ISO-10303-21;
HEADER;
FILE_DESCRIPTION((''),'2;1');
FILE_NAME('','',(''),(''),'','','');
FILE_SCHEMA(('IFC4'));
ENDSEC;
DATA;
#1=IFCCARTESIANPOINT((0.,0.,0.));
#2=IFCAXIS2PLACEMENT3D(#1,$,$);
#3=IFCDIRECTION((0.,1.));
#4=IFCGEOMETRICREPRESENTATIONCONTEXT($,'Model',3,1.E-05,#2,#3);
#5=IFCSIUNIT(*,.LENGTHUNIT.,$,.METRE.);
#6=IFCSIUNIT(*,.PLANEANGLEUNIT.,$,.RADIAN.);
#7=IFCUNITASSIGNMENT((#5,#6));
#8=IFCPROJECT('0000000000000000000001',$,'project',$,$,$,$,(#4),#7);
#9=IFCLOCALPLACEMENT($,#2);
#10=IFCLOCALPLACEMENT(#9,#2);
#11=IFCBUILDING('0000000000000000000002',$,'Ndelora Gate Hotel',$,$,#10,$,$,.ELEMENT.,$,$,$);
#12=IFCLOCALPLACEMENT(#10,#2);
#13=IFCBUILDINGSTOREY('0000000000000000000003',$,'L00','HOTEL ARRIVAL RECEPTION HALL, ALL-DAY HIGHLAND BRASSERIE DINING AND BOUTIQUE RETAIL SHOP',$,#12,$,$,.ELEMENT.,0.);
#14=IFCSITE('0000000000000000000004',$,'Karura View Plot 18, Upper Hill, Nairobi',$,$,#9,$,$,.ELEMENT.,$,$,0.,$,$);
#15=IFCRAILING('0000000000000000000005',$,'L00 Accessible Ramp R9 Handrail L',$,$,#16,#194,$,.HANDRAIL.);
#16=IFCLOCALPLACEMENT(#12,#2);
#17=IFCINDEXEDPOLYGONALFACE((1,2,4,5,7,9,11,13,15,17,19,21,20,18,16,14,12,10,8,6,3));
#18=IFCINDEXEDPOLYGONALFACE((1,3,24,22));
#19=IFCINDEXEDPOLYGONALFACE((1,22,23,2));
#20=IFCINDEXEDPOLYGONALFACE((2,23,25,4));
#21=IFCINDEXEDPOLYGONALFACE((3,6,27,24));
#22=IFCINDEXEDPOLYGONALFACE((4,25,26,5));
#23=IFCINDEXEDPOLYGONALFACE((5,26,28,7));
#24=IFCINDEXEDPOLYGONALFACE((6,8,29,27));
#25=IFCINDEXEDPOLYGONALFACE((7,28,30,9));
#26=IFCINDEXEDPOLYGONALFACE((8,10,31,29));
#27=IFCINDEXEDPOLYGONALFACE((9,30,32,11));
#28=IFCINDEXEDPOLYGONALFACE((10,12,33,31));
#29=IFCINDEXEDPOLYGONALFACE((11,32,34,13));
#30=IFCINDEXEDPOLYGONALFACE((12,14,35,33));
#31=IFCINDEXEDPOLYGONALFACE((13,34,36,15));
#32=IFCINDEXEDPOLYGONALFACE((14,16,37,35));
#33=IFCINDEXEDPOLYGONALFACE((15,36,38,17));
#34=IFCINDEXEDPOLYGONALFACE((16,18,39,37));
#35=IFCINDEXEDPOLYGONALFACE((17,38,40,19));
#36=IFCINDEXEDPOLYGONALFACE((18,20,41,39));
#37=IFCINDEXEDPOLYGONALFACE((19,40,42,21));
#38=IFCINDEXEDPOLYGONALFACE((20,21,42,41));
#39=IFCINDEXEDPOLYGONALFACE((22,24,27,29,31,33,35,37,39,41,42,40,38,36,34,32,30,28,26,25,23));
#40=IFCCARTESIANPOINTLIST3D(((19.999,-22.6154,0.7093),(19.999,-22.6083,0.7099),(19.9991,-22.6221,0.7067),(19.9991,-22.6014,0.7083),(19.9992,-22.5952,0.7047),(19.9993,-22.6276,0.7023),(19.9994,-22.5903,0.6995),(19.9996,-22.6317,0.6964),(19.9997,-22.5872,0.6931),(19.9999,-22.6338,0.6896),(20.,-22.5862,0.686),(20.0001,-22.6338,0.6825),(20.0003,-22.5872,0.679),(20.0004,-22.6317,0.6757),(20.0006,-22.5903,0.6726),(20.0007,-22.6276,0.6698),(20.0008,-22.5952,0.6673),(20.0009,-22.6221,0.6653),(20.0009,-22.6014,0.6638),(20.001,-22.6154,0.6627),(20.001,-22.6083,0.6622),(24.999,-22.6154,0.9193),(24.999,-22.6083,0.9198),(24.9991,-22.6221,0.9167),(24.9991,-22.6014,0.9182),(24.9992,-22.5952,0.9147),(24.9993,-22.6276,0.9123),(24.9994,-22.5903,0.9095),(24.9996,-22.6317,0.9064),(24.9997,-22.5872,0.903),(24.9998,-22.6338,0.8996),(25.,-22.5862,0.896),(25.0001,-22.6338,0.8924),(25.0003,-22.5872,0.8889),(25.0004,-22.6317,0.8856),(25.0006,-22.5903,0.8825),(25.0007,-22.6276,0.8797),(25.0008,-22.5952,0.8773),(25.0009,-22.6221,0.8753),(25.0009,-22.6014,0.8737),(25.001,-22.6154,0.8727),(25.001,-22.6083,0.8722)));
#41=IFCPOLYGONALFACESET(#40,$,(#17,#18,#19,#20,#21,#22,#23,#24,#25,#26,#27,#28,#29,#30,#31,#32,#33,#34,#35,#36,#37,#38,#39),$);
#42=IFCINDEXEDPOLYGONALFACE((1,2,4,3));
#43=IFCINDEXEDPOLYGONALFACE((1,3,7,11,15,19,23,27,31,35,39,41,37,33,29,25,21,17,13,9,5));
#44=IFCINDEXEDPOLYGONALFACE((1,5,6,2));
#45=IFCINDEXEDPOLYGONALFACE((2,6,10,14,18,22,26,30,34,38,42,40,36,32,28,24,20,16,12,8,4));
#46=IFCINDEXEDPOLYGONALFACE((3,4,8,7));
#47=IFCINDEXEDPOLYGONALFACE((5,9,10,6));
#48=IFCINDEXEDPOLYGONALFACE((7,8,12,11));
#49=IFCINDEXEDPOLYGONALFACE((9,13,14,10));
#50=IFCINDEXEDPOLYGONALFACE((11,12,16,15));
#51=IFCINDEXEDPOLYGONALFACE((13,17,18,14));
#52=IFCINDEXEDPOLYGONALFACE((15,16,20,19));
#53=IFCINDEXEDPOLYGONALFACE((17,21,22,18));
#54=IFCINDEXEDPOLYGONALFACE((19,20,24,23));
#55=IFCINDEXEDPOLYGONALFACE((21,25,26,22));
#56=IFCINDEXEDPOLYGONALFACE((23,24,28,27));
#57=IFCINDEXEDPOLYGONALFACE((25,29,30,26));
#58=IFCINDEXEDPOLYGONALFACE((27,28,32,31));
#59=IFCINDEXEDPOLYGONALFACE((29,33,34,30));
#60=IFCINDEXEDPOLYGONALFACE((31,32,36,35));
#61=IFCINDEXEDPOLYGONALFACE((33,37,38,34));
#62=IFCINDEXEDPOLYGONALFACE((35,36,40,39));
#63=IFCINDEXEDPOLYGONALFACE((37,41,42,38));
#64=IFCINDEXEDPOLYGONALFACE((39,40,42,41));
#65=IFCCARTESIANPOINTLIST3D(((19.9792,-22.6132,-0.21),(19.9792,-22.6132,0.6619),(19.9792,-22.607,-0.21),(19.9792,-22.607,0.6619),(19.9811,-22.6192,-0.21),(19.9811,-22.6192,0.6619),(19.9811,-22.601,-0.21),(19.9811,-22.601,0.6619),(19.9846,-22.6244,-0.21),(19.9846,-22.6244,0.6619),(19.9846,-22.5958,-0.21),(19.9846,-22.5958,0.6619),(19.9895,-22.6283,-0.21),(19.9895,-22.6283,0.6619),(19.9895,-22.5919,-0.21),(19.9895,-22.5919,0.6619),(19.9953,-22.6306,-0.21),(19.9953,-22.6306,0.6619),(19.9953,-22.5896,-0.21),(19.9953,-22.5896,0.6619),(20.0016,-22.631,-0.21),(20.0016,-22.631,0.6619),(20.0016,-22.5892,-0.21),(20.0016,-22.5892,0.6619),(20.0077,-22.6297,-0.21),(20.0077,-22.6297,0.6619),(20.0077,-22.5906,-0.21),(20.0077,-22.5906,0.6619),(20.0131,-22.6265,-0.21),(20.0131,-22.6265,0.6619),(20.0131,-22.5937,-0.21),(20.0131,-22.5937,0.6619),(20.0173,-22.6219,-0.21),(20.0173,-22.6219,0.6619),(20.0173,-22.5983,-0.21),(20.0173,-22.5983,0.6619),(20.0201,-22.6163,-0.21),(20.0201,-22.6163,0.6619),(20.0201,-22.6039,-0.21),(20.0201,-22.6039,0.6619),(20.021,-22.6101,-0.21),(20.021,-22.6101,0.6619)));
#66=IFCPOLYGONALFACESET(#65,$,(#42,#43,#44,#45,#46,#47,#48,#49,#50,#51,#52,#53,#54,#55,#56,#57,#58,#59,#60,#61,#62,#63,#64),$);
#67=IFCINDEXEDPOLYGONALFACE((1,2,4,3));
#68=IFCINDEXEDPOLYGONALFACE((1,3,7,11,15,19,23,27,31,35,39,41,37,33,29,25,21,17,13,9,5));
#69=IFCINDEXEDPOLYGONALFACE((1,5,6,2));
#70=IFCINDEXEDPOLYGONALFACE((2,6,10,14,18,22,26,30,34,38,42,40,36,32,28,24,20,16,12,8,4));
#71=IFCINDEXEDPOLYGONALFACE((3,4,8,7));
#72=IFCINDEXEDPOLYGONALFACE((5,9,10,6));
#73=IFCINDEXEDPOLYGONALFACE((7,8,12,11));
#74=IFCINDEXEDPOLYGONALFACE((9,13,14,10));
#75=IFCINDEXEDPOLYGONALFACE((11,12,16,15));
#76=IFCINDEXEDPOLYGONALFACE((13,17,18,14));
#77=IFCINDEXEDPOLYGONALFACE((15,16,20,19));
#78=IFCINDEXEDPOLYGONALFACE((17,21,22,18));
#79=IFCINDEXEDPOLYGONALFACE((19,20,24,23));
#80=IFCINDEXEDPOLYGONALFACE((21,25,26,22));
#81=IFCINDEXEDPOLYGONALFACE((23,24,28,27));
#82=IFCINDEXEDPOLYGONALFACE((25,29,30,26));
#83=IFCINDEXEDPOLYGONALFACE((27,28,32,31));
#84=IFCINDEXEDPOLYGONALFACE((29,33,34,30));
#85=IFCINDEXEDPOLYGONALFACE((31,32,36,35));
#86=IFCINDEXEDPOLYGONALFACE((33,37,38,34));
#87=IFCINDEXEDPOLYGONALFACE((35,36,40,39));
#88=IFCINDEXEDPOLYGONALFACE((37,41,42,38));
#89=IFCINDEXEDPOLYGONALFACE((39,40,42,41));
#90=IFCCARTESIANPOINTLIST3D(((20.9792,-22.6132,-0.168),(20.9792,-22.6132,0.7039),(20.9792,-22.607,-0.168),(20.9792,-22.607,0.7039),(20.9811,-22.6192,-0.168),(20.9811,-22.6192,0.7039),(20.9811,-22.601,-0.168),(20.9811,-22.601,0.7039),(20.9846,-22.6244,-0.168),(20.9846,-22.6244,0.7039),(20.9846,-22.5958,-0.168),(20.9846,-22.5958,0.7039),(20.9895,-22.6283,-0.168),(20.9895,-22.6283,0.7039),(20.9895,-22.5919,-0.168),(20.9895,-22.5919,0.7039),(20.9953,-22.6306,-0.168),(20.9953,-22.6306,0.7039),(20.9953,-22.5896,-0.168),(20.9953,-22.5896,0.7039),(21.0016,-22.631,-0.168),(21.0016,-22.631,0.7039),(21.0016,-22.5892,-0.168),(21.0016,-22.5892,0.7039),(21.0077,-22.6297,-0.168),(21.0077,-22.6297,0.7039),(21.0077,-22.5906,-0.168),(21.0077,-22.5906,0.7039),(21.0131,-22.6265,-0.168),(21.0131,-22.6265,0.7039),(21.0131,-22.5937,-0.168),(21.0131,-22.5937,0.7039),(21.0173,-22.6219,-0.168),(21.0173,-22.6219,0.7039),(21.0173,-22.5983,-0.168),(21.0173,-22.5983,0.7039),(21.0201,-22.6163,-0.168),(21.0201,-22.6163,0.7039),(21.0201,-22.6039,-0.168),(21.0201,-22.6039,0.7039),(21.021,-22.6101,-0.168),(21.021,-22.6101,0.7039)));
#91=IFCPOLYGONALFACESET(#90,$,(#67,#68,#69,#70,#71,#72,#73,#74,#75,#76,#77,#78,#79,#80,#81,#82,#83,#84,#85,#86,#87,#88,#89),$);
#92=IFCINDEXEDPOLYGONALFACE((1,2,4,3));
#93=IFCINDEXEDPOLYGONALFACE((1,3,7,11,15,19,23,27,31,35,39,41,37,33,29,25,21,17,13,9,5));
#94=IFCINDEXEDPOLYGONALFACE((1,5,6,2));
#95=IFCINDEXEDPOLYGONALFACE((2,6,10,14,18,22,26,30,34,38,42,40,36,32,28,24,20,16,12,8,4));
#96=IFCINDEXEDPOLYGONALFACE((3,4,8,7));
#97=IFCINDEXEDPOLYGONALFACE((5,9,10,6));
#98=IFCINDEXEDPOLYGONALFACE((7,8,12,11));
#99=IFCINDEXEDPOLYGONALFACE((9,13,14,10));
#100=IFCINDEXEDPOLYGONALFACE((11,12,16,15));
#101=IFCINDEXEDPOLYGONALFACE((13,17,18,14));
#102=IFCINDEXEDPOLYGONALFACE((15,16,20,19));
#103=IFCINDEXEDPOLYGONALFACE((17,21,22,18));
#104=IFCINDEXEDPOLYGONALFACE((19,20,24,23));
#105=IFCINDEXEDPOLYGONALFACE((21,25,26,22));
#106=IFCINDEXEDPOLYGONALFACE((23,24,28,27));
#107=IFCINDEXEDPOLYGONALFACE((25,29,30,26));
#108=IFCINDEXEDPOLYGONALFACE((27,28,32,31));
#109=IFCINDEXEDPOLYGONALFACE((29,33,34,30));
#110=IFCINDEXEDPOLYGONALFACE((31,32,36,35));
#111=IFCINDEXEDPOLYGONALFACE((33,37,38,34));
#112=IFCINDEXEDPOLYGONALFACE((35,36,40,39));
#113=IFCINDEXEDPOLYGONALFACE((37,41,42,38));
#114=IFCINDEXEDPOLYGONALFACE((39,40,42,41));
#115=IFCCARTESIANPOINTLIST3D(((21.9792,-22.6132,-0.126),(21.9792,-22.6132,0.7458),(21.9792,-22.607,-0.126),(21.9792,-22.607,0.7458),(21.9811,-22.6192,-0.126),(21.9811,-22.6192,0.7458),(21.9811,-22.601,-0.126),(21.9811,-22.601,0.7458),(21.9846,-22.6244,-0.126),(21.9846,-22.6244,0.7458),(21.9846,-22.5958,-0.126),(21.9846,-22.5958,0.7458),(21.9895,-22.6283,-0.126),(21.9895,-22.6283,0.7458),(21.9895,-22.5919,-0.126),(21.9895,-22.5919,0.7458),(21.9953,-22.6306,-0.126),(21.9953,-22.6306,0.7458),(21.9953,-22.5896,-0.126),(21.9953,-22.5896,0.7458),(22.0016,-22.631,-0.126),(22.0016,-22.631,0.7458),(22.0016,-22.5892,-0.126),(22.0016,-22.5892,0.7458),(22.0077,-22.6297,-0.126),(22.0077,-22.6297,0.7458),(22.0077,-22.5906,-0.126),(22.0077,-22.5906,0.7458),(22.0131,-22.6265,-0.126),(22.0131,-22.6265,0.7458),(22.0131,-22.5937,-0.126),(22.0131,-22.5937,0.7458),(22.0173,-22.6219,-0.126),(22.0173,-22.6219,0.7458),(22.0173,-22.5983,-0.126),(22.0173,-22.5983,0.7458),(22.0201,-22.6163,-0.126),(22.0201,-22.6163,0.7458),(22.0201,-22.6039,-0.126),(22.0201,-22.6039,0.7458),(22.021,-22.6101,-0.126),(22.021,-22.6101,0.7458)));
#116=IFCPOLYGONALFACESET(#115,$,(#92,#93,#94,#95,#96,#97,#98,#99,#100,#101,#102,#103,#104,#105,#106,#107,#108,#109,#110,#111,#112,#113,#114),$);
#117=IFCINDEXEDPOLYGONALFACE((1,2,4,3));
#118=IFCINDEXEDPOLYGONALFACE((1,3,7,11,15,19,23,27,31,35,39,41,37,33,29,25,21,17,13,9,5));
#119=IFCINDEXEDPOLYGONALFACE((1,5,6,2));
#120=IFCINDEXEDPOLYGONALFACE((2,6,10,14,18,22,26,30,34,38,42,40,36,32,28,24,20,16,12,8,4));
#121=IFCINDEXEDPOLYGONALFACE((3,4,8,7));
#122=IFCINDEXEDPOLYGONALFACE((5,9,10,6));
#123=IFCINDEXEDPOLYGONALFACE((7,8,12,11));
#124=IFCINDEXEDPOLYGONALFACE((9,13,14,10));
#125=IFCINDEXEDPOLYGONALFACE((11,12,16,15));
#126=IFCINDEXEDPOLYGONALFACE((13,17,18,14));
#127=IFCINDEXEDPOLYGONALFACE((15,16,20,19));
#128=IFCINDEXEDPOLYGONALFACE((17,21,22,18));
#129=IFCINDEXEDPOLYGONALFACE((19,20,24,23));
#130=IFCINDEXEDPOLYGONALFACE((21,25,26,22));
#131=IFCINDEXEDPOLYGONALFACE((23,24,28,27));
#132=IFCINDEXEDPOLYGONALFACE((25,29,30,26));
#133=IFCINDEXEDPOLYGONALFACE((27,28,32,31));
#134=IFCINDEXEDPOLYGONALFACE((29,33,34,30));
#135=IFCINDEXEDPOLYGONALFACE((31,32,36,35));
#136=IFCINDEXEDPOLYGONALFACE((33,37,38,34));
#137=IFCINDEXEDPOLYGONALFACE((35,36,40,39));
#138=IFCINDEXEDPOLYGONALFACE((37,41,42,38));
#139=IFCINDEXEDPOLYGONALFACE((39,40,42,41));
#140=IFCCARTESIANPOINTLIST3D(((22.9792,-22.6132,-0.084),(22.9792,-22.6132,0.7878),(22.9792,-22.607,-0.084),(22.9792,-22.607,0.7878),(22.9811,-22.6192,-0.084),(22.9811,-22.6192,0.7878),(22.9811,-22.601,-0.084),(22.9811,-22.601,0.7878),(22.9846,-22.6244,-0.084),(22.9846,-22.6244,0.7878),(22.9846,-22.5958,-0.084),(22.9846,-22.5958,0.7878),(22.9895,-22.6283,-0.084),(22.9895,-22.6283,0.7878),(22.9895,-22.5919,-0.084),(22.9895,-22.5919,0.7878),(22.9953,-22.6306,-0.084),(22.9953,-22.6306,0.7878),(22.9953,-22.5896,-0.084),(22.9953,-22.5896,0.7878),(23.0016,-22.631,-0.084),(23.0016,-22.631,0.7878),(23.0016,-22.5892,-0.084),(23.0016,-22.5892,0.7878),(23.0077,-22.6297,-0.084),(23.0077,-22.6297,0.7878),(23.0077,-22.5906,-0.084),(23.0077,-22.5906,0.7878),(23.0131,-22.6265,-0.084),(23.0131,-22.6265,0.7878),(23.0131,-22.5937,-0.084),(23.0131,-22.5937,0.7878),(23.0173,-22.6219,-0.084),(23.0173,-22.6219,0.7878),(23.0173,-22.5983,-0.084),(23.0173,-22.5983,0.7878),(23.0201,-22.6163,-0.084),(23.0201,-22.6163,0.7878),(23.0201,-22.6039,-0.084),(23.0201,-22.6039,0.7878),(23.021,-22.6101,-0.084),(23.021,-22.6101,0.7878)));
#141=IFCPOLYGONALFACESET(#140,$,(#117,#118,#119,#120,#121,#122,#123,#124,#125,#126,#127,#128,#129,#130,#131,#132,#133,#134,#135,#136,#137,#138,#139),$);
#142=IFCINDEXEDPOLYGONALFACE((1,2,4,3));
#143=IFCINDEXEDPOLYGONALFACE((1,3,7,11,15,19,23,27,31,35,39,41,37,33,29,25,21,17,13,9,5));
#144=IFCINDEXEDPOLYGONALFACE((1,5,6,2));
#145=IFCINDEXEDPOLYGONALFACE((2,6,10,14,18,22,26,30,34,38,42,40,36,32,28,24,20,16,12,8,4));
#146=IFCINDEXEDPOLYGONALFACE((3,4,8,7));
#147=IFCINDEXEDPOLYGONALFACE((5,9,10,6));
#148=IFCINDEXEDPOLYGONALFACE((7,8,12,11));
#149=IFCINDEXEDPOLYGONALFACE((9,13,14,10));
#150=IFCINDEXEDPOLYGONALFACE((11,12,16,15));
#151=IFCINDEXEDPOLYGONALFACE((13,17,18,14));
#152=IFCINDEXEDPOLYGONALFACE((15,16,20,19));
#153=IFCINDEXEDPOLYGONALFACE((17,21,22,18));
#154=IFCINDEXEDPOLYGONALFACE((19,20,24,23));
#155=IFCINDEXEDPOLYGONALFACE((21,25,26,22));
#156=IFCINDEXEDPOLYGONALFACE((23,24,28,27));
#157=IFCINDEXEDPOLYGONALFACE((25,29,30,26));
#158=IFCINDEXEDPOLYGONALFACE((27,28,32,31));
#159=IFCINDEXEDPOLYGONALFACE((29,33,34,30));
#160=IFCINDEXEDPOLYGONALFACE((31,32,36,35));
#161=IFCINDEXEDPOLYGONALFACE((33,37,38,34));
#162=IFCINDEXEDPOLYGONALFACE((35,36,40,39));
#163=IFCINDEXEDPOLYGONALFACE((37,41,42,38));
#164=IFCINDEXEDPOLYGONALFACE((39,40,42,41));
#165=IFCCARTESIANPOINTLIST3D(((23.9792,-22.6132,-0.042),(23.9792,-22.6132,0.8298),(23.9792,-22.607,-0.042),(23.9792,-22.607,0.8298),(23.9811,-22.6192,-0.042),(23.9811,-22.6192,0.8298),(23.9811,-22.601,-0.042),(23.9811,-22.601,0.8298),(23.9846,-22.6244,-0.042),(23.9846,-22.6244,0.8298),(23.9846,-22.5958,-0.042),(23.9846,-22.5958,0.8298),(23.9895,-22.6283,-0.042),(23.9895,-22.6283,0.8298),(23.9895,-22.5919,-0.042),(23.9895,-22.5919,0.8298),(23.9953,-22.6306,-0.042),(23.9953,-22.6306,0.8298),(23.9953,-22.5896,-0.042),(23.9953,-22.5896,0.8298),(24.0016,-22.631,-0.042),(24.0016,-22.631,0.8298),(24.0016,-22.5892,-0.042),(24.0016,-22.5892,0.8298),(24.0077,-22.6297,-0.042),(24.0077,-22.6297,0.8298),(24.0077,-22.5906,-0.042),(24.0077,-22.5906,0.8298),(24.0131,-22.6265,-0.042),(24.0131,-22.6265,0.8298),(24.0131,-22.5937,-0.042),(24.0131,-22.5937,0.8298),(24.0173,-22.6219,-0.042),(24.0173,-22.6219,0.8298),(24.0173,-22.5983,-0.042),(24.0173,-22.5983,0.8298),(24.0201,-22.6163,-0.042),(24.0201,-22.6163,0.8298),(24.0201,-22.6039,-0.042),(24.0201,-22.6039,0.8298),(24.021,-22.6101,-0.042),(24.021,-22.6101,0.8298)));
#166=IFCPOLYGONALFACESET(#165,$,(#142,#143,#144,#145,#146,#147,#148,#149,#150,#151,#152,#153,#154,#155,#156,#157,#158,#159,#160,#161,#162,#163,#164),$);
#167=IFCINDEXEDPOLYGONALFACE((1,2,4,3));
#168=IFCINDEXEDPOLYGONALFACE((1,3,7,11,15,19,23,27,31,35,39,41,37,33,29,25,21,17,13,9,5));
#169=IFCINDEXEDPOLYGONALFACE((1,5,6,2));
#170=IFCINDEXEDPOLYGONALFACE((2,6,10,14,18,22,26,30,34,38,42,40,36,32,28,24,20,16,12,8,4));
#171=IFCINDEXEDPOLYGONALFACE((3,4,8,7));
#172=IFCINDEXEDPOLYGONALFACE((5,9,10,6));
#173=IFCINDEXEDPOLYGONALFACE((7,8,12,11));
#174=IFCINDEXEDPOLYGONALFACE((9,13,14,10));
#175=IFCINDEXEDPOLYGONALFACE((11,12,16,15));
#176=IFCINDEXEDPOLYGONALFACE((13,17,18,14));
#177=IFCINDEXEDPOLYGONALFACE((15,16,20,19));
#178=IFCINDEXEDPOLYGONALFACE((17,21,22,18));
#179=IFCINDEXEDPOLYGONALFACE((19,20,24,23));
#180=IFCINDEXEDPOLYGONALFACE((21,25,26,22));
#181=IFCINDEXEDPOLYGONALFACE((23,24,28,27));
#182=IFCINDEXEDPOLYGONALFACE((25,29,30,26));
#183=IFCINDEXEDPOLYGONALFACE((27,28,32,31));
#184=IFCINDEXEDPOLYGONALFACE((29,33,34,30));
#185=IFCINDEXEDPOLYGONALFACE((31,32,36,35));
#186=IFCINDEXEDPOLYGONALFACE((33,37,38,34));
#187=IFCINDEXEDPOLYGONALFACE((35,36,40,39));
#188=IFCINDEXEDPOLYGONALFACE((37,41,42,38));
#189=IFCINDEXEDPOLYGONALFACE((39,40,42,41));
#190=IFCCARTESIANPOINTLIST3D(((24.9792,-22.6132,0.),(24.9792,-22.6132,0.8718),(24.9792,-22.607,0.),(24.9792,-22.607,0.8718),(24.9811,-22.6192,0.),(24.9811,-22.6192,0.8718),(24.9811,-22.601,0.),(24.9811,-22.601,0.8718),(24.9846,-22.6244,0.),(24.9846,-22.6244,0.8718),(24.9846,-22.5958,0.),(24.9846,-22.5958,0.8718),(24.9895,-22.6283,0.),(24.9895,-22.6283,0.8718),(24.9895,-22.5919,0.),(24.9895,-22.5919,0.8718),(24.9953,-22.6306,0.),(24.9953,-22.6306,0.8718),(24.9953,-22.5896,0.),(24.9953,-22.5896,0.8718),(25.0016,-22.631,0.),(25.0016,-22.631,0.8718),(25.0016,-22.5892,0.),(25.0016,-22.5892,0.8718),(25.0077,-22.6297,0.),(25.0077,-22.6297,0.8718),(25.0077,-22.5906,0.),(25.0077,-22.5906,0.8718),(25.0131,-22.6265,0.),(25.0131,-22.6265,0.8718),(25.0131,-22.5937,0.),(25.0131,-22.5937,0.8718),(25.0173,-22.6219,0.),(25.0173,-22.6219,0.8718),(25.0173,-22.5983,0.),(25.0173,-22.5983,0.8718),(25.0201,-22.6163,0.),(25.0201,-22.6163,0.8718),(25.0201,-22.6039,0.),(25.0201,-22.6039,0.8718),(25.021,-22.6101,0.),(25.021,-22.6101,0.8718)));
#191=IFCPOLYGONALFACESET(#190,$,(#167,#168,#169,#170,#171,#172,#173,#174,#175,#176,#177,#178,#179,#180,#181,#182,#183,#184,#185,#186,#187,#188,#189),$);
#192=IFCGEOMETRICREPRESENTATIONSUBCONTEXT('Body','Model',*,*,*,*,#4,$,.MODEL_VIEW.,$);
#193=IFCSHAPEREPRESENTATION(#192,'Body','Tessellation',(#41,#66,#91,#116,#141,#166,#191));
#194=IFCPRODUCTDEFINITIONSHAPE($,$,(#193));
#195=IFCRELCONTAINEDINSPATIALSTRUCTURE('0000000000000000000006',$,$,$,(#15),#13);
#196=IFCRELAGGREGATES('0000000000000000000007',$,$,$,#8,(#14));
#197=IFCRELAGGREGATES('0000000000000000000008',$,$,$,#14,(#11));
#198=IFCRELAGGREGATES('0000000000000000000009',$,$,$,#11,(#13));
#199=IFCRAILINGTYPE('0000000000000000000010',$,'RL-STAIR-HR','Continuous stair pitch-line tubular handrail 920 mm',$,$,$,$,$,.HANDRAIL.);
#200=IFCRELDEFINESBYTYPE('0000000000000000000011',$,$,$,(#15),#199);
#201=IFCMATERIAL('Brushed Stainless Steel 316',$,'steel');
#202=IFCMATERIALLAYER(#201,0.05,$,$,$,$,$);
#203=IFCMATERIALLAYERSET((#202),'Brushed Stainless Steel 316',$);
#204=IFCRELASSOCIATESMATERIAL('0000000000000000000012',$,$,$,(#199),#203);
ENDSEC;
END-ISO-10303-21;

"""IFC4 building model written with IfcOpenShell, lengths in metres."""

from ifc_helpers import new_model, si_unit, direction, frame, origin, origin_2d, place, context, subcontext, project, spatial, circle, extrude, material, layer, layer_set, type_object, element, save


model = new_model("IFC4")

# Units and contexts
model_context = context("Model", 3, precision=1e-05, world=origin(), true_north=direction((0.0, 1.0)))
body_context = subcontext(model_context, "Body", "Model", "MODEL_VIEW")
ifc_project = project(units=[si_unit("LENGTHUNIT", "METRE"), si_unit("PLANEANGLEUNIT", "RADIAN")], contexts=[model_context])

# Site, building, storey
site_placement = place(None, origin())
site = spatial("IfcSite", under=ifc_project, at=site_placement, Name="Karura View Plot 18, Upper Hill, Nairobi", CompositionType="ELEMENT", RefElevation=0.0)
building_placement = place(site_placement, origin())
building = spatial("IfcBuilding", under=site, at=building_placement, Name="Ndelora Gate Hotel", CompositionType="ELEMENT")
storey_placement = place(building_placement, origin())
storey = spatial("IfcBuildingStorey", under=building, at=storey_placement, Name="L00", Description="HOTEL ARRIVAL RECEPTION HALL, ALL-DAY HIGHLAND BRASSERIE DINING AND BOUTIQUE RETAIL SHOP", CompositionType="ELEMENT", Elevation=0.0)

# Railing
ifc_material_1 = material(Name="Brushed Stainless Steel 316", Category="steel")
ifc_layer_1 = layer(ifc_material_1, 0.05)
ifc_layer_set_1 = layer_set([ifc_layer_1], Name="Brushed Stainless Steel 316")
railing_type_1 = type_object("IfcRailingType", Name="RL-STAIR-HR", Description="Continuous stair pitch-line tubular handrail 920 mm", PredefinedType="HANDRAIL", material=ifc_layer_set_1)
for number, where, name in (
    (1, (20.0, -22.6101, -0.21), "L00 Accessible Ramp R9 Handrail L"),
):
    element("IfcRailing", number, at=place(storey_placement, frame(where)), inside=storey, type_object=railing_type_1, Name=name, PredefinedType="HANDRAIL", context=body_context, shape_type="SweptSolid", body=[
        extrude(circle(Radius=0.0239, at=origin_2d()), frame((0.0, 0.0, 0.896), z_axis=(0.999119, 0.0, 0.041955), x_axis=(0.0, 1.0, 0.0)), (0.0, 0.0, 1.0), 5.0044),
        extrude(circle(Radius=0.021, at=origin_2d()), origin(), (0.0, 0.0, 1.0), 0.8718),
        extrude(circle(Radius=0.021, at=origin_2d()), frame((1.0, 0.0, 0.042)), (0.0, 0.0, 1.0), 0.8718),
        extrude(circle(Radius=0.021, at=origin_2d()), frame((2.0, 0.0, 0.084)), (0.0, 0.0, 1.0), 0.8718),
        extrude(circle(Radius=0.021, at=origin_2d()), frame((3.0, 0.0, 0.126)), (0.0, 0.0, 1.0), 0.8718),
        extrude(circle(Radius=0.021, at=origin_2d()), frame((4.0, 0.0, 0.168)), (0.0, 0.0, 1.0), 0.8718),
        extrude(circle(Radius=0.021, at=origin_2d()), frame((5.0, 0.0, 0.21)), (0.0, 0.0, 1.0), 0.8718),
    ])

save(model, "model.ifc")
